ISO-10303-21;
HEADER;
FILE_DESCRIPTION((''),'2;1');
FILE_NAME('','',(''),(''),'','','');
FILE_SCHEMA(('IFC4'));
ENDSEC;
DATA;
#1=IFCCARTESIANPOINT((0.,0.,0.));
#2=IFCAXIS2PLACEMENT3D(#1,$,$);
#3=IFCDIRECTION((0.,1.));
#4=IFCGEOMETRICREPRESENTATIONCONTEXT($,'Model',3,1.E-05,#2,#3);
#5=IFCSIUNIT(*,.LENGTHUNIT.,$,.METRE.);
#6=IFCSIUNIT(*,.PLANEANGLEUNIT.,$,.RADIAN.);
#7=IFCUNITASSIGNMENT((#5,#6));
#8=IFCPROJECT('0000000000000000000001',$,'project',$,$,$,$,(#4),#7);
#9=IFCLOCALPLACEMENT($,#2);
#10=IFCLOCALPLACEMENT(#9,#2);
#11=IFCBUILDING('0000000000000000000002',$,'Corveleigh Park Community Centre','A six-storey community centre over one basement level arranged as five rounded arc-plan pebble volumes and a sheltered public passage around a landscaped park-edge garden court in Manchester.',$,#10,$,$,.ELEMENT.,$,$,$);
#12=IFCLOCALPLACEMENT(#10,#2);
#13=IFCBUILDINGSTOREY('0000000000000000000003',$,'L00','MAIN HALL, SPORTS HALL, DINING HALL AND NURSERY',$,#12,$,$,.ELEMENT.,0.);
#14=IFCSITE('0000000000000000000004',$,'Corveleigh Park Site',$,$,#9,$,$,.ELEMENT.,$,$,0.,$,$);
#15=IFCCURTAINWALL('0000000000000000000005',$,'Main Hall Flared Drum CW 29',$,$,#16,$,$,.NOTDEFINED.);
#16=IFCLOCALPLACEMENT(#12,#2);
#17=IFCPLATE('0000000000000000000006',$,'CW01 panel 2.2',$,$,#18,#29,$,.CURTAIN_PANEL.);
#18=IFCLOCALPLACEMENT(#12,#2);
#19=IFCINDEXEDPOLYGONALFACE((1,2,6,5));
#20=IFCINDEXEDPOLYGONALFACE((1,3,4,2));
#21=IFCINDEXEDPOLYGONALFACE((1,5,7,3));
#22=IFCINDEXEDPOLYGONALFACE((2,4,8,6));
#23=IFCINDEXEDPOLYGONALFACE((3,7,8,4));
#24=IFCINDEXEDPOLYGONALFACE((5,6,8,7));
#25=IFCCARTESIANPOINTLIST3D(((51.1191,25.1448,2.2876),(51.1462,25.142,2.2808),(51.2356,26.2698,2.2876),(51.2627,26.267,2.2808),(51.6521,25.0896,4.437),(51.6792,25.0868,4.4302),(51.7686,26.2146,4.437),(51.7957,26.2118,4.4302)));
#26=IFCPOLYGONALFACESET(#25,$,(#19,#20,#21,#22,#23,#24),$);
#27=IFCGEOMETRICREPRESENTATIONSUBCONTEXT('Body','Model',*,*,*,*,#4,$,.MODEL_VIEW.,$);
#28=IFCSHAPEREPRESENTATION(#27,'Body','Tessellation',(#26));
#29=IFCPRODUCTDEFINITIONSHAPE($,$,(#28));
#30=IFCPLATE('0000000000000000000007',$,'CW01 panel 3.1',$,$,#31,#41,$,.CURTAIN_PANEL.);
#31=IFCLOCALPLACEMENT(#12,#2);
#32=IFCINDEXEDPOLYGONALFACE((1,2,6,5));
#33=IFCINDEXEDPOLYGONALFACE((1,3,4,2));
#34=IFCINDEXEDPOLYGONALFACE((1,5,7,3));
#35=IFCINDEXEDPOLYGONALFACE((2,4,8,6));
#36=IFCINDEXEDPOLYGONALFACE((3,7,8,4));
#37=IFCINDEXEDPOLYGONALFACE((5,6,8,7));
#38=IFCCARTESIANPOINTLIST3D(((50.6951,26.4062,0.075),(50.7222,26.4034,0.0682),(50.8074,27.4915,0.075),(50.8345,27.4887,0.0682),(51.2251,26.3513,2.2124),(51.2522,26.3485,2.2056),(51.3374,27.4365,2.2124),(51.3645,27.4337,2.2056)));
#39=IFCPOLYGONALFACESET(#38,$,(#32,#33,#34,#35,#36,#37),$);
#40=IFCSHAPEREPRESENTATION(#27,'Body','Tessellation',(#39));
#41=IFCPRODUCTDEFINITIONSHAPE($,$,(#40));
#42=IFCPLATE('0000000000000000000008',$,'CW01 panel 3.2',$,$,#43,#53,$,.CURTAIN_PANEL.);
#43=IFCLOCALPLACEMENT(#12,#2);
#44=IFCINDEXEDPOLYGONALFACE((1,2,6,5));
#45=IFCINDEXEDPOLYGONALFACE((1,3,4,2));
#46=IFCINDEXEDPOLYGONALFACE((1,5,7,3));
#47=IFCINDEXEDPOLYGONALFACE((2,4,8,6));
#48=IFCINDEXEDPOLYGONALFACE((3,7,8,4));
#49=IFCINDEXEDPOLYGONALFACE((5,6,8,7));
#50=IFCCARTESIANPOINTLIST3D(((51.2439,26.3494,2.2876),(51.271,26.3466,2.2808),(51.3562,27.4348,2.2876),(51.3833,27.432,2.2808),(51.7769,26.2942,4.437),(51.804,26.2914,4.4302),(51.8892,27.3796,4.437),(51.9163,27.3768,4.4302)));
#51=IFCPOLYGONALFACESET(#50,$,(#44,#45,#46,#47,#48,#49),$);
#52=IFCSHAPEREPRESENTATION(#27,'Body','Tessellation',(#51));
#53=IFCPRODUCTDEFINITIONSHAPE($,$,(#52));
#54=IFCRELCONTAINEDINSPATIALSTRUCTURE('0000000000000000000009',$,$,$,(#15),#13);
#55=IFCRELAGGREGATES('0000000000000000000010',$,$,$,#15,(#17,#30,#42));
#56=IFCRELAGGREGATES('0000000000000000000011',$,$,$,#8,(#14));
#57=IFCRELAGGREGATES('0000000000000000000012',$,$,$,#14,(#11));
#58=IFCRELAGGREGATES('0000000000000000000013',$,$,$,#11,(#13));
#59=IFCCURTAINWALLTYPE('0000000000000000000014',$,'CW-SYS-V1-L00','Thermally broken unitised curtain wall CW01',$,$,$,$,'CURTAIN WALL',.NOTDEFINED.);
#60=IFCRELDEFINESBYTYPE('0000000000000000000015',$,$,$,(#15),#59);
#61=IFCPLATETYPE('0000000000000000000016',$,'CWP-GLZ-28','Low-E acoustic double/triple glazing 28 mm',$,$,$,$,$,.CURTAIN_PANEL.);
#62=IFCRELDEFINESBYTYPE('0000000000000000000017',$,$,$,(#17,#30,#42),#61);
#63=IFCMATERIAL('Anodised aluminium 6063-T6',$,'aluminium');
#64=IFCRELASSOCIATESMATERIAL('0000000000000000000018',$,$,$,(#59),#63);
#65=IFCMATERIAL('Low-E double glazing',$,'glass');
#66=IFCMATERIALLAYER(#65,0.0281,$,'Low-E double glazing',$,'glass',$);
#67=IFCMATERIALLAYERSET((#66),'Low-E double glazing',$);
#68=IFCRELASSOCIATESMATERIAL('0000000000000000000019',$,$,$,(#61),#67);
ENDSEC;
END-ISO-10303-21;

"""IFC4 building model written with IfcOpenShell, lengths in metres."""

from ifc_helpers import new_model, si_unit, direction, frame, origin, place, context, subcontext, project, spatial, polyline, outline, extrude, material, layer, layer_set, type_object, element, aggregate, save


model = new_model("IFC4")

# Units and contexts
model_context = context("Model", 3, precision=1e-05, world=origin(), true_north=direction((0.0, 1.0)))
body_context = subcontext(model_context, "Body", "Model", "MODEL_VIEW")
ifc_project = project(units=[si_unit("LENGTHUNIT", "METRE"), si_unit("PLANEANGLEUNIT", "RADIAN")], contexts=[model_context])

# Site, building, storey
site_placement = place(None, origin())
site = spatial("IfcSite", under=ifc_project, at=site_placement, Name="Corveleigh Park Site", CompositionType="ELEMENT", RefElevation=0.0)
building_placement = place(site_placement, origin())
building = spatial("IfcBuilding", under=site, at=building_placement, Name="Corveleigh Park Community Centre", Description="A six-storey community centre over one basement level arranged as five rounded arc-plan pebble volumes and a sheltered public passage around a landscaped park-edge garden court in Manchester.", CompositionType="ELEMENT")
storey_placement = place(building_placement, origin())
storey = spatial("IfcBuildingStorey", under=building, at=storey_placement, Name="L00", Description="MAIN HALL, SPORTS HALL, DINING HALL AND NURSERY", CompositionType="ELEMENT", Elevation=0.0)

# Curtain wall
ifc_material_1 = material(Name="Anodised aluminium 6063-T6", Category="aluminium")
curtain_wall_type = type_object("IfcCurtainWallType", Name="CW-SYS-V1-L00", Description="Thermally broken unitised curtain wall CW01", ElementType="CURTAIN WALL", PredefinedType="NOTDEFINED", material=ifc_material_1)
curtain_wall_1_placement = place(storey_placement, origin())
curtain_wall_1 = element("IfcCurtainWall", 1, at=curtain_wall_1_placement, inside=storey, type_object=curtain_wall_type, Name="Main Hall Flared Drum CW 29", PredefinedType="NOTDEFINED")

# Plates
ifc_material_2 = material(Name="Low-E double glazing", Category="glass")
ifc_layer = layer(ifc_material_2, 0.0281, Name="Low-E double glazing", Category="glass")
ifc_layer_set = layer_set([ifc_layer], Name="Low-E double glazing")
plate_type = type_object("IfcPlateType", Name="CWP-GLZ-28", Description="Low-E acoustic double/triple glazing 28 mm", PredefinedType="CURTAIN_PANEL", material=ifc_layer_set)
plate_1_placement = place(storey_placement, frame((51.1191, 25.1448, 2.2876), z_axis=(-0.965149, 0.099908, 0.241879), x_axis=(0.102965, 0.994685, 0.0)))
plate_1 = element("IfcPlate", 2, at=plate_1_placement, type_object=plate_type, Name="CW01 panel 2.2", PredefinedType="CURTAIN_PANEL", context=body_context, shape_type="SweptSolid", body=[
    extrude(outline(polyline([(0.0, 0.0), (1.131, 0.0), (1.131, -2.2152), (0.0, -2.2152), (0.0, 0.0)])), origin(), (0.0, 0.0, -1.0), 0.0281),
])
plate_2_placement = place(storey_placement, frame((50.6951, 26.4062, 0.075), z_axis=(-0.965148, 0.09988, 0.241897), x_axis=(0.102937, 0.994688, 0.0)))
plate_2 = element("IfcPlate", 3, at=plate_2_placement, type_object=plate_type, Name="CW01 panel 3.1", PredefinedType="CURTAIN_PANEL", context=body_context, shape_type="SweptSolid", body=[
    extrude(outline(polyline([(0.0, 0.0), (1.091, 0.0), (1.0909, -2.2029), (-0.0001, -2.2029), (0.0, 0.0)])), origin(), (0.0, 0.0, -1.0), 0.0281),
])
plate_3_placement = place(storey_placement, frame((51.2439, 26.3494, 2.2876), z_axis=(-0.965154, 0.099859, 0.241879), x_axis=(0.102914, 0.99469, 0.0)))
plate_3 = element("IfcPlate", 4, at=plate_3_placement, type_object=plate_type, Name="CW01 panel 3.2", PredefinedType="CURTAIN_PANEL", context=body_context, shape_type="SweptSolid", body=[
    extrude(outline(polyline([(0.0, 0.0), (1.0912, 0.0), (1.0912, -2.2152), (0.0, -2.2152), (0.0, 0.0)])), origin(), (0.0, 0.0, -1.0), 0.0281),
])
aggregate(curtain_wall_1, [plate_1, plate_2, plate_3])

save(model, "model.ifc")
